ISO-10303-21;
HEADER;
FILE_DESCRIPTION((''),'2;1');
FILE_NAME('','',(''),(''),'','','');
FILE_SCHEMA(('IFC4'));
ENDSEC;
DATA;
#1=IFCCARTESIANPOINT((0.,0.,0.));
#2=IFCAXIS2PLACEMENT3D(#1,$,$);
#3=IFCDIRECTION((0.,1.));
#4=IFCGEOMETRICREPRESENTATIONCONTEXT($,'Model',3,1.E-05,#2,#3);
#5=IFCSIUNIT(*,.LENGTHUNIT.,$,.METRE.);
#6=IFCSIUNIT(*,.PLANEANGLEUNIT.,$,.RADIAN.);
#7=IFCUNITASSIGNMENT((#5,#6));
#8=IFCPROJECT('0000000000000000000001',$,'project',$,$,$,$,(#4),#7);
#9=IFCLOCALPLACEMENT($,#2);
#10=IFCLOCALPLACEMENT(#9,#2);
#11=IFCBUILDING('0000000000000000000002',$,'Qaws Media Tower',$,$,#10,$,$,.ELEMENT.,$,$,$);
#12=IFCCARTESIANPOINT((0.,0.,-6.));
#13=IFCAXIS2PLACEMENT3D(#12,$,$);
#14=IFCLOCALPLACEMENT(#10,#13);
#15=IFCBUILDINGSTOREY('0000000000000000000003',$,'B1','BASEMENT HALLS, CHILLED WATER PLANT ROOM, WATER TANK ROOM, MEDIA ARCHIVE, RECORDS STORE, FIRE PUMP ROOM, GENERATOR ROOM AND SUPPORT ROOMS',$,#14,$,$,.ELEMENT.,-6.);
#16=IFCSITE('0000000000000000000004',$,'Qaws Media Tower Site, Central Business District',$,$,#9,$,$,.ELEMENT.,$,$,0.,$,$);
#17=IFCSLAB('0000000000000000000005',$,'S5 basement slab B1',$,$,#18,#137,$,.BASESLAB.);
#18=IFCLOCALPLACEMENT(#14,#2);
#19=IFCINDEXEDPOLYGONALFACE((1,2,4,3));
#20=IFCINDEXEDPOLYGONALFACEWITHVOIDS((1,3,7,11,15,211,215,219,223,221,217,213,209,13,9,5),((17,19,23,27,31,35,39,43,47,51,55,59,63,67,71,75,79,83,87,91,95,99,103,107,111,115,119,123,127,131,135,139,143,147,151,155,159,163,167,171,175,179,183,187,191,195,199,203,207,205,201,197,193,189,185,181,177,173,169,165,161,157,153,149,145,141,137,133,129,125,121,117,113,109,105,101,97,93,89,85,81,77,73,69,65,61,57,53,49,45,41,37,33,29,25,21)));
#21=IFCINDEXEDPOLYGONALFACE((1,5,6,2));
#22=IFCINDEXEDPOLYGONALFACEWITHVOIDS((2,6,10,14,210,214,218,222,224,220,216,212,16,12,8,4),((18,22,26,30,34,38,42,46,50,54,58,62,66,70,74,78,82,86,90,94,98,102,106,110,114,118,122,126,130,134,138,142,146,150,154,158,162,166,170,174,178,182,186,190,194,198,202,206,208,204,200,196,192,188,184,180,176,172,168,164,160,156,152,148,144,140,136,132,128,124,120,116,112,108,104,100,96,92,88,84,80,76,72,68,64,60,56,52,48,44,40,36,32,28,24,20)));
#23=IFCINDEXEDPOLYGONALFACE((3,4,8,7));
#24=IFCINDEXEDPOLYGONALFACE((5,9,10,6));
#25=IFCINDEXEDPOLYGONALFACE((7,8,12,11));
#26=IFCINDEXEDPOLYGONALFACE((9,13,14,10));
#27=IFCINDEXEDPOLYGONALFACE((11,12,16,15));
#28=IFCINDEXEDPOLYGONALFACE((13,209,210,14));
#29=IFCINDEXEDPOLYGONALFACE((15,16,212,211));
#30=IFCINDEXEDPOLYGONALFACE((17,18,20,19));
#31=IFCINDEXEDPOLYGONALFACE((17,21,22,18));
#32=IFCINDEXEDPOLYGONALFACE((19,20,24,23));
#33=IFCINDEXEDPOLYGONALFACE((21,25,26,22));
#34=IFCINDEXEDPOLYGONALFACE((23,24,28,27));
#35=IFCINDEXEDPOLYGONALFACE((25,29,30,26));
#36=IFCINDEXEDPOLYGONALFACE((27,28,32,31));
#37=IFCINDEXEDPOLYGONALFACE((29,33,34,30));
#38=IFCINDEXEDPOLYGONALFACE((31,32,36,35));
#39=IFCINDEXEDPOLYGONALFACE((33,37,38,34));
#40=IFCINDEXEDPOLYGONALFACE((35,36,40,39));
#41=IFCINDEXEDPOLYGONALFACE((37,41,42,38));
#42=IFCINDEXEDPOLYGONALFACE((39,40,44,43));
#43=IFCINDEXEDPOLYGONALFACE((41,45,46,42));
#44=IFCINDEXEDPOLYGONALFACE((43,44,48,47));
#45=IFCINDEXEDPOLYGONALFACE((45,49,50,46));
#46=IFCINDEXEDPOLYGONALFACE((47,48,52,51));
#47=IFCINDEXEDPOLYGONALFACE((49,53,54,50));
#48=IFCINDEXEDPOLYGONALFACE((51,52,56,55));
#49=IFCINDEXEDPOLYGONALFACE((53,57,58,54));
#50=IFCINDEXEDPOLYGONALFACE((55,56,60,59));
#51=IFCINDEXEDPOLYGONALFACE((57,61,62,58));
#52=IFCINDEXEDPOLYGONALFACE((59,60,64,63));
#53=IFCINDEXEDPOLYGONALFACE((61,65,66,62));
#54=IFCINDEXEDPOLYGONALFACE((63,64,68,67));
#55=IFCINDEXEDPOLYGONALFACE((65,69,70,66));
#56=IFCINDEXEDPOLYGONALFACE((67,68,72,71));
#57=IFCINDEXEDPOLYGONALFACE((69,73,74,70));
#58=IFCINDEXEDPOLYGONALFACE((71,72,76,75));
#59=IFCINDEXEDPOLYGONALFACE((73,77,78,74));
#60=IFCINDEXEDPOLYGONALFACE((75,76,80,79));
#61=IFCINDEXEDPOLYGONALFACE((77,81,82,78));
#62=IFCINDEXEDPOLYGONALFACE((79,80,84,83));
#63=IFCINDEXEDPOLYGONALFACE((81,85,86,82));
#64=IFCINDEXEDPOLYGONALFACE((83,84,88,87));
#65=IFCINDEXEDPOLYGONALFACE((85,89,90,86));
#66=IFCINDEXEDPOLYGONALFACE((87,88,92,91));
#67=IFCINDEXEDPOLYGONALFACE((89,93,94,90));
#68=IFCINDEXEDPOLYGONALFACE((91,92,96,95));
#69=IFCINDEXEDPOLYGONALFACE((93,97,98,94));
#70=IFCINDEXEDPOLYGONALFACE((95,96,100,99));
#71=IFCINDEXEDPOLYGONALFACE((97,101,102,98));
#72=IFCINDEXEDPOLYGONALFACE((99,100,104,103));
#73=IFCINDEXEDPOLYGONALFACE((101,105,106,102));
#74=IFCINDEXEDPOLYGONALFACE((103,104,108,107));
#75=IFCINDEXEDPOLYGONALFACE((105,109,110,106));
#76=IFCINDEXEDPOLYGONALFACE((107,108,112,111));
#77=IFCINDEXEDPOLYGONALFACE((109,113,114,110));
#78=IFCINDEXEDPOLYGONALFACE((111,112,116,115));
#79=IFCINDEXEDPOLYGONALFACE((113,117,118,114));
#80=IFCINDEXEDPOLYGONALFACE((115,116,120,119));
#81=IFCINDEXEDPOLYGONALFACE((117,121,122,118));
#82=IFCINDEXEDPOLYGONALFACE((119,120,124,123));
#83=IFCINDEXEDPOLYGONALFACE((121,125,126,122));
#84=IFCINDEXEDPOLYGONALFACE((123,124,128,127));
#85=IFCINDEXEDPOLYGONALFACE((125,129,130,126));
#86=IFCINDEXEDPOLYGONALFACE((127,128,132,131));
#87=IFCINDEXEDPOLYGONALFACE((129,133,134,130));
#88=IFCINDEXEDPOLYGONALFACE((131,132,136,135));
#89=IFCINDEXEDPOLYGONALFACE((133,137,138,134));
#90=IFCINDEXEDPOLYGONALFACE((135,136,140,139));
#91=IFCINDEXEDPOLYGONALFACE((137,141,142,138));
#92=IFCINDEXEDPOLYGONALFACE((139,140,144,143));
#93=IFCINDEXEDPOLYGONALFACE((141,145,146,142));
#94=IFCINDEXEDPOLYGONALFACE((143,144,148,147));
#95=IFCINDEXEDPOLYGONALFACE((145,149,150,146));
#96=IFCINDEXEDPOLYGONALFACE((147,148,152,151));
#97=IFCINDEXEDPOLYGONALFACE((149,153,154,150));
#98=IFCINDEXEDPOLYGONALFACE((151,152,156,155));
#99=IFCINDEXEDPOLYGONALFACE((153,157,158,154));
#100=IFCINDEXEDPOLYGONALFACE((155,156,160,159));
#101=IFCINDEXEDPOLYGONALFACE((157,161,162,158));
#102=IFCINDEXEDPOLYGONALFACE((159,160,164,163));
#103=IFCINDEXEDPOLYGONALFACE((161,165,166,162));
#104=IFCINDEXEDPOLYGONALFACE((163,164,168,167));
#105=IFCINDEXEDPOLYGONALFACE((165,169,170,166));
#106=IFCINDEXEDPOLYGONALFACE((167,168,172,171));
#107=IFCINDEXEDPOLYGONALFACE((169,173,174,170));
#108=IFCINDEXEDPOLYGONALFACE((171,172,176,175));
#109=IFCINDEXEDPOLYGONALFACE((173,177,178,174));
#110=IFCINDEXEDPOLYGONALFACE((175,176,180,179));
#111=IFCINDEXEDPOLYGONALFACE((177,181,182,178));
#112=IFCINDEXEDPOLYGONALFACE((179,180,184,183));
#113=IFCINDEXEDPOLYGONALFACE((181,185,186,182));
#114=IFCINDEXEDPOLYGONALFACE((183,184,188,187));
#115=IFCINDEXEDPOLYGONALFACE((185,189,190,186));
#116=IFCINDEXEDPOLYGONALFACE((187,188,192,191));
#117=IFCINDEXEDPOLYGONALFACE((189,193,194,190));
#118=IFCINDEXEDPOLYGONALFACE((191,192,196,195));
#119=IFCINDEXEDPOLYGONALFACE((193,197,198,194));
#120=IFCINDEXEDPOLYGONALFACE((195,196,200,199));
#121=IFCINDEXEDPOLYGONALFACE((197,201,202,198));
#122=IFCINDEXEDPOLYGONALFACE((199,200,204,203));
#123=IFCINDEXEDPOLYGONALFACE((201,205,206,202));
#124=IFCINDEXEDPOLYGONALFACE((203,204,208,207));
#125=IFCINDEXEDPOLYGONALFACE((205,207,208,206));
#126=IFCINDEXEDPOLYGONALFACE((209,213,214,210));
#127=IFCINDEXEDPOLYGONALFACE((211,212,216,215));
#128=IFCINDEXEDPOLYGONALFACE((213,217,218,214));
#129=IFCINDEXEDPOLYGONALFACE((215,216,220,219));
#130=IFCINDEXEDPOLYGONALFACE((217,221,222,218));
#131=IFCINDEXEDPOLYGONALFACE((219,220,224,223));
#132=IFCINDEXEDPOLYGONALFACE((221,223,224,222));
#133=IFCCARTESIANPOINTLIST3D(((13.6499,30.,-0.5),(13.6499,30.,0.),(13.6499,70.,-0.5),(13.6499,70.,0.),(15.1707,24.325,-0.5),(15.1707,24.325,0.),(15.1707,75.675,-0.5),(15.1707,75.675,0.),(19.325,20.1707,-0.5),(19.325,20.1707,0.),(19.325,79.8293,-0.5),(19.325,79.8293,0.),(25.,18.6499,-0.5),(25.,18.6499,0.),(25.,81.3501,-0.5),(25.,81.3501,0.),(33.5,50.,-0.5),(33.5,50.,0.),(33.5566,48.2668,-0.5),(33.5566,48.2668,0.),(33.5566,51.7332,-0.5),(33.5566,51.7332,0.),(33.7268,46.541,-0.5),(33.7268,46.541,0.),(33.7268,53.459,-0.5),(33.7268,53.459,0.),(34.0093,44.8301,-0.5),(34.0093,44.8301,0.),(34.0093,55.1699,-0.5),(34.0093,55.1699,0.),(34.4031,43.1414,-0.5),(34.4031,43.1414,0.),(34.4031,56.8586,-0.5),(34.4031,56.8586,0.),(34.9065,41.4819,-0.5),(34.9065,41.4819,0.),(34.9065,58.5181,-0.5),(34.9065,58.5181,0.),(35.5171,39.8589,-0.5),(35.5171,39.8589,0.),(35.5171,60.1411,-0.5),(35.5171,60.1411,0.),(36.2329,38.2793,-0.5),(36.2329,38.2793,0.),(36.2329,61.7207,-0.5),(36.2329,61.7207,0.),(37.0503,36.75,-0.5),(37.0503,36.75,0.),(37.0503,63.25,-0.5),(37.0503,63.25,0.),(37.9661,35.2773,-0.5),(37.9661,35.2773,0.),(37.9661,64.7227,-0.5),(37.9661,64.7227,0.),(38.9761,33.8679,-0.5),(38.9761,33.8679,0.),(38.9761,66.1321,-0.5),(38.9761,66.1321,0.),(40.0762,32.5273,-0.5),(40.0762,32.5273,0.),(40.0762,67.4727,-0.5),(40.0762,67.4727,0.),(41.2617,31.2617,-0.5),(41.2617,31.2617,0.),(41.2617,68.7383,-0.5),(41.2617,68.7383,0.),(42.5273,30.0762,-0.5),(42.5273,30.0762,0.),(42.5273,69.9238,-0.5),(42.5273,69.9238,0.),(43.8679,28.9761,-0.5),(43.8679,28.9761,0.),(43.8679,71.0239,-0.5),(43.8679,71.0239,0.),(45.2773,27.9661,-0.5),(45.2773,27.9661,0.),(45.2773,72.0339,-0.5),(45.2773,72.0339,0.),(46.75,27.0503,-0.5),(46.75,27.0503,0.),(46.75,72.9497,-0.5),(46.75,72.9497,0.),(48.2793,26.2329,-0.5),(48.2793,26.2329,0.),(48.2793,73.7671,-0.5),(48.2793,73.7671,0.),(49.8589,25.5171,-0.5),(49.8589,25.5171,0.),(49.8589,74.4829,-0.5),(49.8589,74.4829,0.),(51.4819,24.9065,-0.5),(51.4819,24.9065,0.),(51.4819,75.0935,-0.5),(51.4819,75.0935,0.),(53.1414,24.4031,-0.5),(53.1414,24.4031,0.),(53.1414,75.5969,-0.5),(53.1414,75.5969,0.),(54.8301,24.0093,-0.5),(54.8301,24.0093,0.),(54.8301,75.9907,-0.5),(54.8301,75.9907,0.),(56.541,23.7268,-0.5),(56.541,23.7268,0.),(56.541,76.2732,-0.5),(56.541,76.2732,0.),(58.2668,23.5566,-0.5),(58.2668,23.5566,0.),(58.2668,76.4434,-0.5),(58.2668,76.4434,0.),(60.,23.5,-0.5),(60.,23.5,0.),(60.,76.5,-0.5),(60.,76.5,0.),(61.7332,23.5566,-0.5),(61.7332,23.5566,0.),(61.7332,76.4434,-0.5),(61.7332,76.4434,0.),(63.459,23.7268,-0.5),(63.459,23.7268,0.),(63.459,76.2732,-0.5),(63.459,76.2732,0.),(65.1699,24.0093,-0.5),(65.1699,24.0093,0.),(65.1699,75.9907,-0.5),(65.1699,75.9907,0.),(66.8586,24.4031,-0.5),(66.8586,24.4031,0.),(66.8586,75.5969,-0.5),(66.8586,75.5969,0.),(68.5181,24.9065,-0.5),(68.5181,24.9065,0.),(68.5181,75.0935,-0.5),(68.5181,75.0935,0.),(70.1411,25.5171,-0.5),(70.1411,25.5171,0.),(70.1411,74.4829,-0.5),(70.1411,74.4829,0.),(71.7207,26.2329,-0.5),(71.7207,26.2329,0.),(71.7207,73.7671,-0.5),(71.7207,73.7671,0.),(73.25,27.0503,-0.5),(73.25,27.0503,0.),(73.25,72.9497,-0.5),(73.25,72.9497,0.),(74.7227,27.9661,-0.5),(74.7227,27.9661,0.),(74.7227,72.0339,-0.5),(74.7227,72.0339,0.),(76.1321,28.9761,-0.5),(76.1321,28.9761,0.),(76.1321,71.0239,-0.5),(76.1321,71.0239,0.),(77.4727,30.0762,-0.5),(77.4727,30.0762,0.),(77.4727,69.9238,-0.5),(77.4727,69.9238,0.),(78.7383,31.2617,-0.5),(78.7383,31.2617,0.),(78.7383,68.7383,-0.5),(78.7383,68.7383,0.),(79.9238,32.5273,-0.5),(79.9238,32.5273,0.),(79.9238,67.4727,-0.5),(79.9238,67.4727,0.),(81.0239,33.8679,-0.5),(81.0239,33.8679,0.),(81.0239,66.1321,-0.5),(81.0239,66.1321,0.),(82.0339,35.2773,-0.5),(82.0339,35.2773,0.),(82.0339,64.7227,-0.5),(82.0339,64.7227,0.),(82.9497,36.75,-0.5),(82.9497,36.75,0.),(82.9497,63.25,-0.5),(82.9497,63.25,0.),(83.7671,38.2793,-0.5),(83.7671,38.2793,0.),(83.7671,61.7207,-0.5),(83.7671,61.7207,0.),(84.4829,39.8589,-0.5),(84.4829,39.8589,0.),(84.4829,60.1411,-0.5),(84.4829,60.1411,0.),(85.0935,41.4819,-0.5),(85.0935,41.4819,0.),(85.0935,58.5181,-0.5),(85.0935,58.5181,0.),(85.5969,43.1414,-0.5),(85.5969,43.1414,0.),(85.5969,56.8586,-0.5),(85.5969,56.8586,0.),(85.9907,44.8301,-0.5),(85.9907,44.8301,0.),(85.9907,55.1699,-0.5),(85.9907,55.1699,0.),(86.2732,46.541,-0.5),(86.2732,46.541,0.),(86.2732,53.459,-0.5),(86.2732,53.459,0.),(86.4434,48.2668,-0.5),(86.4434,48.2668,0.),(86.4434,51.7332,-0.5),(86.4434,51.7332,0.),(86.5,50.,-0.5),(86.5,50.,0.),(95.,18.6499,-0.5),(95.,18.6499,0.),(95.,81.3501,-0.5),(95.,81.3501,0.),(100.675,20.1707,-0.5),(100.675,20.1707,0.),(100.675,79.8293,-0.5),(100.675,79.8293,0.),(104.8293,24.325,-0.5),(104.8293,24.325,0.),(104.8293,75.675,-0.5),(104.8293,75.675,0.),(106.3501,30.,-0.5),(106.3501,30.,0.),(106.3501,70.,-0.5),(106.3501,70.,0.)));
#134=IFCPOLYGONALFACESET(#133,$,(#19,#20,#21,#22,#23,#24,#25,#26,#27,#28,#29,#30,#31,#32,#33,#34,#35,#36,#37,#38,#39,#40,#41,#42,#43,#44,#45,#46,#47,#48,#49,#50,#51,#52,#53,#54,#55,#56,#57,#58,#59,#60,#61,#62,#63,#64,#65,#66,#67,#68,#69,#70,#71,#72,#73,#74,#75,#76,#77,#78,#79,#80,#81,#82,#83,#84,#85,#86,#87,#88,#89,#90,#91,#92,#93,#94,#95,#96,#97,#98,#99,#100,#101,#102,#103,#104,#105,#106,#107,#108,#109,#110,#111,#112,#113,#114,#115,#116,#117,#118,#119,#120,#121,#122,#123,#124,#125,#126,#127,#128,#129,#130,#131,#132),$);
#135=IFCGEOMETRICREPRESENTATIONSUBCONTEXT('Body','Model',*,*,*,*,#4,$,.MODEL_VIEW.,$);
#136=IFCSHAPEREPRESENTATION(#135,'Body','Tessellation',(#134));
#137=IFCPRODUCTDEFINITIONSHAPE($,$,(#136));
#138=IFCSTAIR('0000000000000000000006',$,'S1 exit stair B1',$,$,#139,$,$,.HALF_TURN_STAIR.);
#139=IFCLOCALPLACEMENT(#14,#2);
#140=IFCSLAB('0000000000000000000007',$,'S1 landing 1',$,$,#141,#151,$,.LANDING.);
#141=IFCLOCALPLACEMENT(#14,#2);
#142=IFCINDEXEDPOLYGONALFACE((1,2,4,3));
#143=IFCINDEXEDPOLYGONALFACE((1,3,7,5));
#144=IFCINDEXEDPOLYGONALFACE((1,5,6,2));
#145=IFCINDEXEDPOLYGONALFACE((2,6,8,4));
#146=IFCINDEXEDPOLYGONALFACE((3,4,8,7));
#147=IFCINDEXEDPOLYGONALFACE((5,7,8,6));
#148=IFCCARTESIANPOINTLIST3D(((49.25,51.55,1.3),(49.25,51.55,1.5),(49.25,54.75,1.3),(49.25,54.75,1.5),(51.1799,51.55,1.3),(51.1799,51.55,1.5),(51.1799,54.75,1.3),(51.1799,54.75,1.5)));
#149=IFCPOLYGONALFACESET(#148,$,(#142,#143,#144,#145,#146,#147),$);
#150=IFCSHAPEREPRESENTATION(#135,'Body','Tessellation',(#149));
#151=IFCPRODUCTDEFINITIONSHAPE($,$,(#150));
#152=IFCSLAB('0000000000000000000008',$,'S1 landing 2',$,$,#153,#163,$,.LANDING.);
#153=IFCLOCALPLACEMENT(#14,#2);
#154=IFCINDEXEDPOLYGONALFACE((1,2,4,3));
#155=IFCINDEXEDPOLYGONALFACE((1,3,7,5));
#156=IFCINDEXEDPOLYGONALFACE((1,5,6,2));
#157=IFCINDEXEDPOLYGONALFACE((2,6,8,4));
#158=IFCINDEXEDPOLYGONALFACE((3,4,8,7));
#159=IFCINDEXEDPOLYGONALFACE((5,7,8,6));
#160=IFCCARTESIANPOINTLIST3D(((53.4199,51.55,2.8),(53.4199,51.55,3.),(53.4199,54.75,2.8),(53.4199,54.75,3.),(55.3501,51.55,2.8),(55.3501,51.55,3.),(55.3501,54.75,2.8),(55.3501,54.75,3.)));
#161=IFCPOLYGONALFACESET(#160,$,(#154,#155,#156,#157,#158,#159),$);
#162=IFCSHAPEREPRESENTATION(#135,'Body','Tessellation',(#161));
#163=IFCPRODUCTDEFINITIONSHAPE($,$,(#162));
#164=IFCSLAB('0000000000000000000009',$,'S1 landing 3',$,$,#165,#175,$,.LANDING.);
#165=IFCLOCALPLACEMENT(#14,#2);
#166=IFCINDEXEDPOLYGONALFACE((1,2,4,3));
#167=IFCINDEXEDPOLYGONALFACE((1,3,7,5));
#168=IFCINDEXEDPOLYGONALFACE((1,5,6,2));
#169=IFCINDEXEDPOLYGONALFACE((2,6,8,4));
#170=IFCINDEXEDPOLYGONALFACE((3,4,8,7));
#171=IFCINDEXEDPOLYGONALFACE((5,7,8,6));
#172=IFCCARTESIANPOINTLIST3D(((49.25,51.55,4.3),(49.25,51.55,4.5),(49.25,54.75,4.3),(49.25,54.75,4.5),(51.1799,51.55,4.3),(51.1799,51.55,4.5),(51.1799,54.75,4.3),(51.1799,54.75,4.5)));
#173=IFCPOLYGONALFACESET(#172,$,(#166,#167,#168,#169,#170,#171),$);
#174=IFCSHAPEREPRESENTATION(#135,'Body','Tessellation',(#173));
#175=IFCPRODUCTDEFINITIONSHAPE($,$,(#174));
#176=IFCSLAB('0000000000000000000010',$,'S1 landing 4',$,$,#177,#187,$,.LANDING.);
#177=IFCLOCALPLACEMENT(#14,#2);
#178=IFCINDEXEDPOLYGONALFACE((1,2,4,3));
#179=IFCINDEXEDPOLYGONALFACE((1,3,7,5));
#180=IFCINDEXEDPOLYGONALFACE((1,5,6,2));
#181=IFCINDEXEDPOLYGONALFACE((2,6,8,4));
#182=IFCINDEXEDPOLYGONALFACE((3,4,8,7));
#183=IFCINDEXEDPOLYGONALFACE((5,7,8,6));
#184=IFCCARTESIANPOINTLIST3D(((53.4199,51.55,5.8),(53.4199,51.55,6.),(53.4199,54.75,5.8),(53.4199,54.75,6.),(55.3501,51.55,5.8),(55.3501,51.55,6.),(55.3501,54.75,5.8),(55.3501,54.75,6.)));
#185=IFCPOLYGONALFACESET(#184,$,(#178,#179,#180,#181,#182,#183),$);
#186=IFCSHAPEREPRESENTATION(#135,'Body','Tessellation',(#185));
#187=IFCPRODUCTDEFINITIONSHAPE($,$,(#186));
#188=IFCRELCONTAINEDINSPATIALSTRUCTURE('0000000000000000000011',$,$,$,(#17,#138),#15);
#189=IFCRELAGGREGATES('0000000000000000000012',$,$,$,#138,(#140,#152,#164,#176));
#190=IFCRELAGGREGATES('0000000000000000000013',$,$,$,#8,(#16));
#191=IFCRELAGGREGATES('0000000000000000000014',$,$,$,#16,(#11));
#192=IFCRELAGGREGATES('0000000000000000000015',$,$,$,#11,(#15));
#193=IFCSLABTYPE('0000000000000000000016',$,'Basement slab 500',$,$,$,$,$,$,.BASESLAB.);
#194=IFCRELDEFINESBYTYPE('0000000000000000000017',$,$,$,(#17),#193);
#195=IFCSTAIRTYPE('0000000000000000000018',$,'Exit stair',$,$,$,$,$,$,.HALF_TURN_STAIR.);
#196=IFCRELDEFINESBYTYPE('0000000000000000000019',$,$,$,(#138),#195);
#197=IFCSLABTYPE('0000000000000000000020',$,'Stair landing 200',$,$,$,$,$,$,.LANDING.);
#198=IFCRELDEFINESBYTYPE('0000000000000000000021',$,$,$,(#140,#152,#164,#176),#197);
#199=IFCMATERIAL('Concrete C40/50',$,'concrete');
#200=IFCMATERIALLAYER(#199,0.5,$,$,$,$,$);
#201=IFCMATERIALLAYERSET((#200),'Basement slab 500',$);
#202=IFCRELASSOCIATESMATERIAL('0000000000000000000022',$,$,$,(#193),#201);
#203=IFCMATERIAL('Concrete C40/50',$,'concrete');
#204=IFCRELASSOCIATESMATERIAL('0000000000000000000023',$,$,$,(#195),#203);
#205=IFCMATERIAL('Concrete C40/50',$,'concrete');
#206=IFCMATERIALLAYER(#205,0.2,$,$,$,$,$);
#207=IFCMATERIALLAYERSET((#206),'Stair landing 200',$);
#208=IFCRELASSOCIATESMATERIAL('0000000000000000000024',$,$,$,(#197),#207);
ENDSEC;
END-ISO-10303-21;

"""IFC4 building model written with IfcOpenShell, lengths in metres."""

from ifc_helpers import new_model, si_unit, direction, frame, origin, place, context, subcontext, project, spatial, polyline, outline, extrude, material, layer, layer_set, type_object, element, aggregate, save


model = new_model("IFC4")

# Units and contexts
model_context = context("Model", 3, precision=1e-05, world=origin(), true_north=direction((0.0, 1.0)))
body_context = subcontext(model_context, "Body", "Model", "MODEL_VIEW")
ifc_project = project(units=[si_unit("LENGTHUNIT", "METRE"), si_unit("PLANEANGLEUNIT", "RADIAN")], contexts=[model_context])

# Site, building, storey
site_placement = place(None, origin())
site = spatial("IfcSite", under=ifc_project, at=site_placement, Name="Qaws Media Tower Site, Central Business District", CompositionType="ELEMENT", RefElevation=0.0)
building_placement = place(site_placement, origin())
building = spatial("IfcBuilding", under=site, at=building_placement, Name="Qaws Media Tower", CompositionType="ELEMENT")
storey_placement = place(building_placement, frame((0.0, 0.0, -6.0)))
storey = spatial("IfcBuildingStorey", under=building, at=storey_placement, Name="B1", Description="BASEMENT HALLS, CHILLED WATER PLANT ROOM, WATER TANK ROOM, MEDIA ARCHIVE, RECORDS STORE, FIRE PUMP ROOM, GENERATOR ROOM AND SUPPORT ROOMS", CompositionType="ELEMENT", Elevation=-6.0)

# Slab
ifc_material_1 = material(Name="Concrete C40/50", Category="concrete")
ifc_layer_1 = layer(ifc_material_1, 0.5)
ifc_layer_set_1 = layer_set([ifc_layer_1], Name="Basement slab 500")
slab_type_1 = type_object("IfcSlabType", Name="Basement slab 500", PredefinedType="BASESLAB", material=ifc_layer_set_1)
slab_1_placement = place(storey_placement, frame((0.0, 0.0, -0.5)))
element("IfcSlab", 1, at=slab_1_placement, inside=storey, type_object=slab_type_1, Name="S5 basement slab B1", PredefinedType="BASESLAB", context=body_context, shape_type="SweptSolid", body=[
    extrude(outline(polyline([(25.0, 18.6499), (19.325, 20.1707), (15.1707, 24.325), (13.6499, 30.0), (13.6499, 70.0), (15.1707, 75.675), (19.325, 79.8293), (25.0, 81.3501), (95.0, 81.3501), (100.675, 79.8293), (104.8293, 75.675), (106.3501, 70.0), (106.3501, 30.0), (104.8293, 24.325), (100.675, 20.1707), (95.0, 18.6499), (25.0, 18.6499)]), holes=[polyline([(86.4434, 51.7332), (86.2732, 53.459), (85.9907, 55.1699), (85.5969, 56.8586), (85.0935, 58.5181), (84.4829, 60.1411), (83.7671, 61.7207), (82.9497, 63.25), (82.0339, 64.7227), (81.0239, 66.1321), (79.9238, 67.4727), (78.7383, 68.7383), (77.4727, 69.9238), (76.1321, 71.0239), (74.7227, 72.0339), (73.25, 72.9497), (71.7207, 73.7671), (70.1411, 74.4829), (68.5181, 75.0935), (66.8586, 75.5969), (65.1699, 75.9907), (63.459, 76.2732), (61.7332, 76.4434), (60.0, 76.5), (58.2668, 76.4434), (56.541, 76.2732), (54.8301, 75.9907), (53.1414, 75.5969), (51.4819, 75.0935), (49.8589, 74.4829), (48.2793, 73.7671), (46.75, 72.9497), (45.2773, 72.0339), (43.8679, 71.0239), (42.5273, 69.9238), (41.2617, 68.7383), (40.0762, 67.4727), (38.9761, 66.1321), (37.9661, 64.7227), (37.0503, 63.25), (36.2329, 61.7207), (35.5171, 60.1411), (34.9065, 58.5181), (34.4031, 56.8586), (34.0093, 55.1699), (33.7268, 53.459), (33.5566, 51.7332), (33.5, 50.0), (33.5566, 48.2668), (33.7268, 46.541), (34.0093, 44.8301), (34.4031, 43.1414), (34.9065, 41.4819), (35.5171, 39.8589), (36.2329, 38.2793), (37.0503, 36.75), (37.9661, 35.2773), (38.9761, 33.8679), (40.0762, 32.5273), (41.2617, 31.2617), (42.5273, 30.0762), (43.8679, 28.9761), (45.2773, 27.9661), (46.75, 27.0503), (48.2793, 26.2329), (49.8589, 25.5171), (51.4819, 24.9065), (53.1414, 24.4031), (54.8301, 24.0093), (56.541, 23.7268), (58.2668, 23.5566), (60.0, 23.5), (61.7332, 23.5566), (63.459, 23.7268), (65.1699, 24.0093), (66.8586, 24.4031), (68.5181, 24.9065), (70.1411, 25.5171), (71.7207, 26.2329), (73.25, 27.0503), (74.7227, 27.9661), (76.1321, 28.9761), (77.4727, 30.0762), (78.7383, 31.2617), (79.9238, 32.5273), (81.0239, 33.8679), (82.0339, 35.2773), (82.9497, 36.75), (83.7671, 38.2793), (84.4829, 39.8589), (85.0935, 41.4819), (85.5969, 43.1414), (85.9907, 44.8301), (86.2732, 46.541), (86.4434, 48.2668), (86.5, 50.0), (86.4434, 51.7332)])]), origin(), (0.0, 0.0, 1.0), 0.5),
])

# Stair, slabs
ifc_material_2 = material(Name="Concrete C40/50", Category="concrete")
stair_type = type_object("IfcStairType", Name="Exit stair", PredefinedType="HALF_TURN_STAIR", material=ifc_material_2)
stair_1_placement = place(storey_placement, origin())
stair_1 = element("IfcStair", 2, at=stair_1_placement, inside=storey, type_object=stair_type, Name="S1 exit stair B1", PredefinedType="HALF_TURN_STAIR")
ifc_material_3 = material(Name="Concrete C40/50", Category="concrete")
ifc_layer_2 = layer(ifc_material_3, 0.2)
ifc_layer_set_2 = layer_set([ifc_layer_2], Name="Stair landing 200")
slab_type_2 = type_object("IfcSlabType", Name="Stair landing 200", PredefinedType="LANDING", material=ifc_layer_set_2)
slab_2_placement = place(storey_placement, frame((0.0, 0.0, 1.3)))
slab_2 = element("IfcSlab", 3, at=slab_2_placement, type_object=slab_type_2, Name="S1 landing 1", PredefinedType="LANDING", context=body_context, shape_type="SweptSolid", body=[
    extrude(outline(polyline([(49.25, 51.55), (51.1799, 51.55), (51.1799, 54.75), (49.25, 54.75), (49.25, 51.55)])), origin(), (0.0, 0.0, 1.0), 0.2),
])
slab_3_placement = place(storey_placement, frame((0.0, 0.0, 2.8)))
slab_3 = element("IfcSlab", 4, at=slab_3_placement, type_object=slab_type_2, Name="S1 landing 2", PredefinedType="LANDING", context=body_context, shape_type="SweptSolid", body=[
    extrude(outline(polyline([(53.4199, 51.55), (55.3501, 51.55), (55.3501, 54.75), (53.4199, 54.75), (53.4199, 51.55)])), origin(), (0.0, 0.0, 1.0), 0.2),
])
slab_4_placement = place(storey_placement, frame((0.0, 0.0, 4.3)))
slab_4 = element("IfcSlab", 5, at=slab_4_placement, type_object=slab_type_2, Name="S1 landing 3", PredefinedType="LANDING", context=body_context, shape_type="SweptSolid", body=[
    extrude(outline(polyline([(49.25, 51.55), (51.1799, 51.55), (51.1799, 54.75), (49.25, 54.75), (49.25, 51.55)])), origin(), (0.0, 0.0, 1.0), 0.2),
])
slab_5_placement = place(storey_placement, frame((0.0, 0.0, 5.8)))
slab_5 = element("IfcSlab", 6, at=slab_5_placement, type_object=slab_type_2, Name="S1 landing 4", PredefinedType="LANDING", context=body_context, shape_type="SweptSolid", body=[
    extrude(outline(polyline([(53.4199, 51.55), (55.3501, 51.55), (55.3501, 54.75), (53.4199, 54.75), (53.4199, 51.55)])), origin(), (0.0, 0.0, 1.0), 0.2),
])
aggregate(stair_1, [slab_2, slab_3, slab_4, slab_5])

save(model, "model.ifc")
